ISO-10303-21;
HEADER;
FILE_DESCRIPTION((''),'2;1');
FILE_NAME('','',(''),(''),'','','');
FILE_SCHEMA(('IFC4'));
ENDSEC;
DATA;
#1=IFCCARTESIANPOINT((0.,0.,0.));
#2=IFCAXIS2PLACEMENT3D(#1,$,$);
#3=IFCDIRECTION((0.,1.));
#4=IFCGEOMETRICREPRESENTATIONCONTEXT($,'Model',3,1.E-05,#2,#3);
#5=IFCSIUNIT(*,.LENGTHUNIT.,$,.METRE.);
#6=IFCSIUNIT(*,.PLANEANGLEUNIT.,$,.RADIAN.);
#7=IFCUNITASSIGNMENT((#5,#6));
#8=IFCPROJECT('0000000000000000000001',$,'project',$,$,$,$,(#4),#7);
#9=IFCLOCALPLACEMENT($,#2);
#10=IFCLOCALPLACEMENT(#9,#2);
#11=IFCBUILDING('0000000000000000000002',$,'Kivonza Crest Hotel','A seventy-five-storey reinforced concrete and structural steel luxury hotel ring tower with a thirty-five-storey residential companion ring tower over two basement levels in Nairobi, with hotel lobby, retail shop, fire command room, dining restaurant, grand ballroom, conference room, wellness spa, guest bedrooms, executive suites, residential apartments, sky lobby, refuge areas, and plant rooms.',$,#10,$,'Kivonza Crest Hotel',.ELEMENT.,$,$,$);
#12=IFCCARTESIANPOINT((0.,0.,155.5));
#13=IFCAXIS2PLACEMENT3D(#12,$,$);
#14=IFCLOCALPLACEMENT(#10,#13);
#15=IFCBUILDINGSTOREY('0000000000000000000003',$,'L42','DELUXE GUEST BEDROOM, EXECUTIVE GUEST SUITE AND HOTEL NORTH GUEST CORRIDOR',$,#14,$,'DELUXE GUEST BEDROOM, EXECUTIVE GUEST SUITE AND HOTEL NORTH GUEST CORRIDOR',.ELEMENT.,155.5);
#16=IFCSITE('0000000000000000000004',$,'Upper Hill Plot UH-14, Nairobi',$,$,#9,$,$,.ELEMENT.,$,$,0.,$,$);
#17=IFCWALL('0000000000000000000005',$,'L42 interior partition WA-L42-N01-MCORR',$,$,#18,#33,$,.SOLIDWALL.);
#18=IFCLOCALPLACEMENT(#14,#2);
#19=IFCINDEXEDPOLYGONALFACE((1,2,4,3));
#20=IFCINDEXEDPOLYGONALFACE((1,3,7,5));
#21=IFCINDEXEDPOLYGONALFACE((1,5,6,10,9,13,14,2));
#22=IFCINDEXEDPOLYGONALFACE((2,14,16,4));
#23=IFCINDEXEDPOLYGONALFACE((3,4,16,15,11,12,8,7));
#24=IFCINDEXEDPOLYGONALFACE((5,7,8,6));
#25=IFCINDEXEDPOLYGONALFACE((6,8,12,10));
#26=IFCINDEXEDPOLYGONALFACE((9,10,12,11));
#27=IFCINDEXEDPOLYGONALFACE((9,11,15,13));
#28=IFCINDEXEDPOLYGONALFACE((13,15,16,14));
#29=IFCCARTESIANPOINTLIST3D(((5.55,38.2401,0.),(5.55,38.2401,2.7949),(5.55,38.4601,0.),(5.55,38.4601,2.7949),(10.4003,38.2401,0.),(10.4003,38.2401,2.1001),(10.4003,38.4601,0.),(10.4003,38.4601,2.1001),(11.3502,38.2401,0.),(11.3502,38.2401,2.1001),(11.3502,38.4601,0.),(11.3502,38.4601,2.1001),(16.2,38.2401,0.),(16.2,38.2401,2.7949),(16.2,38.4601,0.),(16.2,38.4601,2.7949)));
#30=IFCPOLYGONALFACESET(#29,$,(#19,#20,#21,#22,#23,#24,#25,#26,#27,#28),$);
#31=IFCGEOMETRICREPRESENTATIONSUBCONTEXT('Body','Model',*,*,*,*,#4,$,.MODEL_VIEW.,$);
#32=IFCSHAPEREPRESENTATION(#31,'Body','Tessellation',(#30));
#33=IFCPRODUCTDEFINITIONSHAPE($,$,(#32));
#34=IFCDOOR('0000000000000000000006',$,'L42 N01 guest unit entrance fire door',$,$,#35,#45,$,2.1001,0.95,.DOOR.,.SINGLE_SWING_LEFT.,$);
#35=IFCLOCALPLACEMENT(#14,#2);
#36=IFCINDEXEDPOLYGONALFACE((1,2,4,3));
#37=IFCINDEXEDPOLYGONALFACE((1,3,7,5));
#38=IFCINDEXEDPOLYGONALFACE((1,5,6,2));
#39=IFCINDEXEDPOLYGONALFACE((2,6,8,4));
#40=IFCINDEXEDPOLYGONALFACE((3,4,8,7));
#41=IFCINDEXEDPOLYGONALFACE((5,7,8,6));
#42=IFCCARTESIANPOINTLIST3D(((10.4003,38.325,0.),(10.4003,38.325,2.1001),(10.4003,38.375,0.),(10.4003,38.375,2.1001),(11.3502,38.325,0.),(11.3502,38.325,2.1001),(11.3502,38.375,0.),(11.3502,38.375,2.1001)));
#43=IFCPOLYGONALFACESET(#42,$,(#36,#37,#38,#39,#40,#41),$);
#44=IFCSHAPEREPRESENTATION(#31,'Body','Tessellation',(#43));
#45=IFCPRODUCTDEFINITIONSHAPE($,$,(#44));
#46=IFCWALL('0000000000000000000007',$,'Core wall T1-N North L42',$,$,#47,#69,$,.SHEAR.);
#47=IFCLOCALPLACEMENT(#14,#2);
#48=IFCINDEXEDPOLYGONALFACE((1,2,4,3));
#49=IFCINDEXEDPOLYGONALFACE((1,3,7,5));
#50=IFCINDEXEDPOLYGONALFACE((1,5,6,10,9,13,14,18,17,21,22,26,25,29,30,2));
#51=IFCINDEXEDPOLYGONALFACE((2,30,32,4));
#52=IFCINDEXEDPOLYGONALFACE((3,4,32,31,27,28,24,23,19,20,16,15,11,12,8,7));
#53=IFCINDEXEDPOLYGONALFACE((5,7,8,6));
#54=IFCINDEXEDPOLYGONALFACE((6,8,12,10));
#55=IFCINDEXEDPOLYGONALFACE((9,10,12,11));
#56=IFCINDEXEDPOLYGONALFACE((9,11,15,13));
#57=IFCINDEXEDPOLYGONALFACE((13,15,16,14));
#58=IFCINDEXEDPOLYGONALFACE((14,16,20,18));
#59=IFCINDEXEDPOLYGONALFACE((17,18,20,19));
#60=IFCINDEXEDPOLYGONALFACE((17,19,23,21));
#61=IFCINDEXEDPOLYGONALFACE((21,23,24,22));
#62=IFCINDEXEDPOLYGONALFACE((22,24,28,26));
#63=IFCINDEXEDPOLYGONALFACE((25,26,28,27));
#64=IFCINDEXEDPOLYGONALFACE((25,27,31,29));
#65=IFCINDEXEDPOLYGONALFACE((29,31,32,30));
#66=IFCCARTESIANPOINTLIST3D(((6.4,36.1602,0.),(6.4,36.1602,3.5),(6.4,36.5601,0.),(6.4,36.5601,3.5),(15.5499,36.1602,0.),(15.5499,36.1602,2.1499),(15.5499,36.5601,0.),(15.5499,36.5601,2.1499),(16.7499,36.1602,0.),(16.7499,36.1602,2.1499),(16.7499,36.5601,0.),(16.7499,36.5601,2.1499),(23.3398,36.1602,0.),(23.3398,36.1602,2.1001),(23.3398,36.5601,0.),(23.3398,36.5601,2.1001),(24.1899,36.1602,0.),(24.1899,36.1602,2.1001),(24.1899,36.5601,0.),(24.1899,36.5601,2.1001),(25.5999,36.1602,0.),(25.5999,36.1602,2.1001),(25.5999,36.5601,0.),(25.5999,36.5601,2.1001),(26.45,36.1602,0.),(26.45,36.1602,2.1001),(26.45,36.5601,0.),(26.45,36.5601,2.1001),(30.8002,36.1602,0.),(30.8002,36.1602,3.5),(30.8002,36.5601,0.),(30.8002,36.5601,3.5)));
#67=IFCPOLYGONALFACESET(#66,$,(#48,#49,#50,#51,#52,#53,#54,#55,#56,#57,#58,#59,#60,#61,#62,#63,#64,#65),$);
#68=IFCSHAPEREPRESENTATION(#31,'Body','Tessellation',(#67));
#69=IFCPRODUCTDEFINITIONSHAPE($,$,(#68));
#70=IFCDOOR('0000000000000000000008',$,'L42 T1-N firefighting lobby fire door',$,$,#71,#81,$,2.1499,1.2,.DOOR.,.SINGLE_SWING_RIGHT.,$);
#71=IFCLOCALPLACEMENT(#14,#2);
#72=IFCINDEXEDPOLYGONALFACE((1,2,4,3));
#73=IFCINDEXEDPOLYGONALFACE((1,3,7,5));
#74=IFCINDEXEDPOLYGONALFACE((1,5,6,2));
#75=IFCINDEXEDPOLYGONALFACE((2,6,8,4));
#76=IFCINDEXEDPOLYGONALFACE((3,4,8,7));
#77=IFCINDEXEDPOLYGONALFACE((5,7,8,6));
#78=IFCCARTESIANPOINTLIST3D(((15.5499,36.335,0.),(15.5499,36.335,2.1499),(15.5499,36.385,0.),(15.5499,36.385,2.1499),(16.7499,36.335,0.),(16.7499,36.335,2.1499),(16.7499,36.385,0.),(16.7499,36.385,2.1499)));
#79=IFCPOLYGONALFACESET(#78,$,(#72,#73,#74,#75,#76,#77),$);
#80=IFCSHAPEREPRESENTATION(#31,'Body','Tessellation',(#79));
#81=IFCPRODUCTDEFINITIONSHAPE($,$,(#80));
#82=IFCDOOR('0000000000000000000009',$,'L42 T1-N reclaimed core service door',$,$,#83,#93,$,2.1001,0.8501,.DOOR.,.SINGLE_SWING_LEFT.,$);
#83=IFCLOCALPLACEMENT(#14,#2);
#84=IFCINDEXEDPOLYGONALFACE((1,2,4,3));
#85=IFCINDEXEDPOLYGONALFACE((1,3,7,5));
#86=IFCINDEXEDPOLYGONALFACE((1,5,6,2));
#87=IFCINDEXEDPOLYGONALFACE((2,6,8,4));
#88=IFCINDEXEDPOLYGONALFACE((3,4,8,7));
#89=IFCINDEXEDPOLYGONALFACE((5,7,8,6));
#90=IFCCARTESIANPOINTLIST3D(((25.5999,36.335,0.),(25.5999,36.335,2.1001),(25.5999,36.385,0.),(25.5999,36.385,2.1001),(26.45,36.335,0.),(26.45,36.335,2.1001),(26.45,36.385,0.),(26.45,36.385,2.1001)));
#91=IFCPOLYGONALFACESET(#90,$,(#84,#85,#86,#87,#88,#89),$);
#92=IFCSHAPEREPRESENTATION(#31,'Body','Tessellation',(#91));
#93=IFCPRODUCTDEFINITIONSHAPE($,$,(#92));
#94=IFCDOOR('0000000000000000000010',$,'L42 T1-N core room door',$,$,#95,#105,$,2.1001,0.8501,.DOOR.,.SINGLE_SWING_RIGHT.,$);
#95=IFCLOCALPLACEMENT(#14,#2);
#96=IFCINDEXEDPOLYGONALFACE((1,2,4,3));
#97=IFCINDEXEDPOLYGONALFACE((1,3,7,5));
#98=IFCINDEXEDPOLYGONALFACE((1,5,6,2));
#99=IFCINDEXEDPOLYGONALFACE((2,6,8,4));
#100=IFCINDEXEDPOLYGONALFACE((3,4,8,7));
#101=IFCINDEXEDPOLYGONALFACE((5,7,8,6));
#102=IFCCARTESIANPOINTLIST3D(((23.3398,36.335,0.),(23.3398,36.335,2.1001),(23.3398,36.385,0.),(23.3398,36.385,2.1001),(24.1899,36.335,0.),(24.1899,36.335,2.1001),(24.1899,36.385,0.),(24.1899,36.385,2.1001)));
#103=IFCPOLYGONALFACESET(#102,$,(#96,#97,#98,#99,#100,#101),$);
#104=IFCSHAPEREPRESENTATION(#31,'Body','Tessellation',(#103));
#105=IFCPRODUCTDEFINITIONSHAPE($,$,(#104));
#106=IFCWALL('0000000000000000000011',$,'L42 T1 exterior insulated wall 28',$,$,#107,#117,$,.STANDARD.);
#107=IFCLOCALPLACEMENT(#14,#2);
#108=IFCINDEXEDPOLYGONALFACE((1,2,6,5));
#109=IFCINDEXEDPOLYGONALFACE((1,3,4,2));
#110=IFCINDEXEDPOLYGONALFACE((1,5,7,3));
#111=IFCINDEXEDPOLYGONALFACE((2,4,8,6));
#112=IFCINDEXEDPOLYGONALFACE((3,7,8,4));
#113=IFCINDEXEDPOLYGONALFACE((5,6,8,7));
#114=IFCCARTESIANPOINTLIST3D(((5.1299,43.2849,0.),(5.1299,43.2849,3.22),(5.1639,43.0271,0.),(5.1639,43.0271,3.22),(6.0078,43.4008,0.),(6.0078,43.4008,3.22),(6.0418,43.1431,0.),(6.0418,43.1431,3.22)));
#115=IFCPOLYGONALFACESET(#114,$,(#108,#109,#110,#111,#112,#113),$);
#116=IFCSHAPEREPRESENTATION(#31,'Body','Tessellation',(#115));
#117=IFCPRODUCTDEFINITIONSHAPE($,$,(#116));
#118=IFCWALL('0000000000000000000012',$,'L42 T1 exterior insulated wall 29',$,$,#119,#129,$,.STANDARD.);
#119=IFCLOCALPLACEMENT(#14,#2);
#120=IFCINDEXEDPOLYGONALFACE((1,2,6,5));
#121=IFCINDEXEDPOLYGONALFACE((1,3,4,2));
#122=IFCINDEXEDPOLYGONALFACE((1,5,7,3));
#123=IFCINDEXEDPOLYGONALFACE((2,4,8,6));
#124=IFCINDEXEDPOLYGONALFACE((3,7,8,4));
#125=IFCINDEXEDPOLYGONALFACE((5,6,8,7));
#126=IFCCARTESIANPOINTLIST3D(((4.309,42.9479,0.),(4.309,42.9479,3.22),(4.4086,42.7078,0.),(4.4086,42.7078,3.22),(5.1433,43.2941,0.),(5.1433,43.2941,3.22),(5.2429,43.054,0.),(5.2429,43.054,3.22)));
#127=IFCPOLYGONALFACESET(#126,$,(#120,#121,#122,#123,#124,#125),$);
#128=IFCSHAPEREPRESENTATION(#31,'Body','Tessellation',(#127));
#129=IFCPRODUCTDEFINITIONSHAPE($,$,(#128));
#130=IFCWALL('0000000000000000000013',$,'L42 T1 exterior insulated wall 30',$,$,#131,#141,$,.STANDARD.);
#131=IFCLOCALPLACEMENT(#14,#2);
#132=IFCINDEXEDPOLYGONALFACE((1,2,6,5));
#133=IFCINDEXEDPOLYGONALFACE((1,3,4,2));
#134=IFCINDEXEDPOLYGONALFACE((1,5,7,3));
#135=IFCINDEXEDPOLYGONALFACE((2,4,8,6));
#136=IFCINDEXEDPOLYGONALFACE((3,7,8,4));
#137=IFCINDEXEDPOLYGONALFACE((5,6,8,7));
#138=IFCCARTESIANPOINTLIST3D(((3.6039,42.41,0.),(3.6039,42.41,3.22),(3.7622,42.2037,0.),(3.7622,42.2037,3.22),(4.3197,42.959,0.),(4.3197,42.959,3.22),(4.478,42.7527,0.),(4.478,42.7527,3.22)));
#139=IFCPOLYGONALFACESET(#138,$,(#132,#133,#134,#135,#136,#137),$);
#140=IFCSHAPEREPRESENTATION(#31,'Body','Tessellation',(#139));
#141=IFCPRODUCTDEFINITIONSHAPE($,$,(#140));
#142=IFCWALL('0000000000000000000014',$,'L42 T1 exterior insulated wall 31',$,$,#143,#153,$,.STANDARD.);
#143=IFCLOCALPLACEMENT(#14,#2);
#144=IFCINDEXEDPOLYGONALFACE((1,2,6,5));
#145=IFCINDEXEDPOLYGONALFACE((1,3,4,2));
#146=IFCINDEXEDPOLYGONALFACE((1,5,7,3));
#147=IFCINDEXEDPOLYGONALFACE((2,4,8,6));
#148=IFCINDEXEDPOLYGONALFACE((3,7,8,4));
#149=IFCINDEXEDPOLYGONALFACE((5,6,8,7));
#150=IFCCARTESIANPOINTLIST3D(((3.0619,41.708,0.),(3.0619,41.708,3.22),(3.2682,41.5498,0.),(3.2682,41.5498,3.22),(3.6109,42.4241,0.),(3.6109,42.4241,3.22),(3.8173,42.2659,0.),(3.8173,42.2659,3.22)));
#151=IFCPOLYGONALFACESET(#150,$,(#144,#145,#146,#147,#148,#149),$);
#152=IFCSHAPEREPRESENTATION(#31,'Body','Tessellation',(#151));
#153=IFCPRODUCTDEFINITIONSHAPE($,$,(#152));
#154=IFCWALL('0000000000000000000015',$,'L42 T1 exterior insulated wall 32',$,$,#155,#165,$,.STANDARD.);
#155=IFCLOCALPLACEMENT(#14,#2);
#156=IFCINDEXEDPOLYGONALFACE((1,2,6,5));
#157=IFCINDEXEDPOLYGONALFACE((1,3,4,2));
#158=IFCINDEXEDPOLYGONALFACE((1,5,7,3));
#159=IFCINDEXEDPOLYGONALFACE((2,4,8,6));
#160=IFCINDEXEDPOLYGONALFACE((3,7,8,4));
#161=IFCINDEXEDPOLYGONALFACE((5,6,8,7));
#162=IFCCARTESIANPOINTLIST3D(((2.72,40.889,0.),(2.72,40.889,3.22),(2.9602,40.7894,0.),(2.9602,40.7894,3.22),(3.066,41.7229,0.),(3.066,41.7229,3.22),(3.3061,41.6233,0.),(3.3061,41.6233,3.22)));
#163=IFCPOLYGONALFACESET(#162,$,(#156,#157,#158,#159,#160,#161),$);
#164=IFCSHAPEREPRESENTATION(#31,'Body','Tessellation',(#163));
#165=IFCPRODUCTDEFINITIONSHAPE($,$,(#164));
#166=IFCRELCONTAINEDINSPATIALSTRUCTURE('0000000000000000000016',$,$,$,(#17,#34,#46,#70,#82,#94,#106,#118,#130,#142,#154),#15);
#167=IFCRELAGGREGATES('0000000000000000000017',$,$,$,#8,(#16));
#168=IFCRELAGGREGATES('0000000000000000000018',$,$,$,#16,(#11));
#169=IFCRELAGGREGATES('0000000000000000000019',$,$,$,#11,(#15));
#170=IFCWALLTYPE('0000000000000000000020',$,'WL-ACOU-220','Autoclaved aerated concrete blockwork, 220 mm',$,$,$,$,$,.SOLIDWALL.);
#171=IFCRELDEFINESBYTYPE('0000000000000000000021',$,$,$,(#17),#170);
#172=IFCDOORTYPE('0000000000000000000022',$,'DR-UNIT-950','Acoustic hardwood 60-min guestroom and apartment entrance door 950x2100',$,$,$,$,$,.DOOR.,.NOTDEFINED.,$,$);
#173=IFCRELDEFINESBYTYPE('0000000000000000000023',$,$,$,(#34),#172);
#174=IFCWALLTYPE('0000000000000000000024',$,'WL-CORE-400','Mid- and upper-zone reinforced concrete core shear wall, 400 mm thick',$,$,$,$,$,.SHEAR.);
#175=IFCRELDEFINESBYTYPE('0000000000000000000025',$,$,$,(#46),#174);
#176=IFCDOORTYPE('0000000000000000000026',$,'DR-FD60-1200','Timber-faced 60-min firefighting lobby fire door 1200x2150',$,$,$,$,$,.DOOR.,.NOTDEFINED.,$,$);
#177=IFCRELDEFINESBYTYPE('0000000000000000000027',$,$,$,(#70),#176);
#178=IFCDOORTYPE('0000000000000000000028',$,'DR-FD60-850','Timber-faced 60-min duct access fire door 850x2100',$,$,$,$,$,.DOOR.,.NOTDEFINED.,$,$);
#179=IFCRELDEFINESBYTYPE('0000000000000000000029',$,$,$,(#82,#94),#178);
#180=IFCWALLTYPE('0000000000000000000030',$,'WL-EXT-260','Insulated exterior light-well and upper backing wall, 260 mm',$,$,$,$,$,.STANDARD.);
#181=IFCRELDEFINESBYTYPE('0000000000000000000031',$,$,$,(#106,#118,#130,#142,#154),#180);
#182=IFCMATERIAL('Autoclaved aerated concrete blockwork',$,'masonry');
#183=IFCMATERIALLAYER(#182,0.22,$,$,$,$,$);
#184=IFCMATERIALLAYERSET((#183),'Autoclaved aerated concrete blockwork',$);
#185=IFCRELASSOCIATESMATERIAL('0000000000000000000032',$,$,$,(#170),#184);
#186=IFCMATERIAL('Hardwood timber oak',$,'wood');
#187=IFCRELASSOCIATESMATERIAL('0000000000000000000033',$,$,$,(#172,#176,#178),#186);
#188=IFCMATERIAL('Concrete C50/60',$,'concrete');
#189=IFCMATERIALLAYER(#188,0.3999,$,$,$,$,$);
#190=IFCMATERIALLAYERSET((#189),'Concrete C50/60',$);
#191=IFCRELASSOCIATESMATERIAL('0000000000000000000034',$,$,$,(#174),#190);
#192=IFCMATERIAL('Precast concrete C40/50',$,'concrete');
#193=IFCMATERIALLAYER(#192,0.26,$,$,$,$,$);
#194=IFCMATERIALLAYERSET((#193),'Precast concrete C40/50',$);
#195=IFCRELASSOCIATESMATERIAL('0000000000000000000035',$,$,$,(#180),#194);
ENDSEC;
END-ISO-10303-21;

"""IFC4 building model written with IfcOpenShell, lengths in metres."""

from ifc_helpers import new_model, si_unit, direction, frame, frame_2d, origin, place, context, subcontext, project, spatial, rectangle, extrude, material, layer, layer_set, type_object, element, fill, save


model = new_model("IFC4")

# Units and contexts
model_context = context("Model", 3, precision=1e-05, world=origin(), true_north=direction((0.0, 1.0)))
body_context = subcontext(model_context, "Body", "Model", "MODEL_VIEW")
ifc_project = project(units=[si_unit("LENGTHUNIT", "METRE"), si_unit("PLANEANGLEUNIT", "RADIAN")], contexts=[model_context])

# Site, building, storey
site_placement = place(None, origin())
site = spatial("IfcSite", under=ifc_project, at=site_placement, Name="Upper Hill Plot UH-14, Nairobi", CompositionType="ELEMENT", RefElevation=0.0)
building_placement = place(site_placement, origin())
building = spatial("IfcBuilding", under=site, at=building_placement, Name="Kivonza Crest Hotel", Description="A seventy-five-storey reinforced concrete and structural steel luxury hotel ring tower with a thirty-five-storey residential companion ring tower over two basement levels in Nairobi, with hotel lobby, retail shop, fire command room, dining restaurant, grand ballroom, conference room, wellness spa, guest bedrooms, executive suites, residential apartments, sky lobby, refuge areas, and plant rooms.", LongName="Kivonza Crest Hotel", CompositionType="ELEMENT")
storey_placement = place(building_placement, frame((0.0, 0.0, 155.5)))
storey = spatial("IfcBuildingStorey", under=building, at=storey_placement, Name="L42", Description="DELUXE GUEST BEDROOM, EXECUTIVE GUEST SUITE AND HOTEL NORTH GUEST CORRIDOR", LongName="DELUXE GUEST BEDROOM, EXECUTIVE GUEST SUITE AND HOTEL NORTH GUEST CORRIDOR", CompositionType="ELEMENT", Elevation=155.5)

# Shared definitions
ifc_material_1 = material(Name="Concrete C50/60", Category="concrete")

# Shared definitions
ifc_material_2 = material(Name="Autoclaved aerated concrete blockwork", Category="masonry")
ifc_layer_1 = layer(ifc_material_2, 0.22)
ifc_layer_set_1 = layer_set([ifc_layer_1], Name="Autoclaved aerated concrete blockwork")
wall_type_1 = type_object("IfcWallType", Name="WL-ACOU-220", Description="Autoclaved aerated concrete blockwork, 220 mm", PredefinedType="SOLIDWALL", material=ifc_layer_set_1)

# Wall, opening, door
wall_1_placement = place(storey_placement, frame((5.55, 38.3501, 0.0), z_axis=(0.0, 0.0, 1.0), x_axis=(1.0, 0.0, 0.0)))
wall_1 = element("IfcWall", 1, at=wall_1_placement, inside=storey, type_object=wall_type_1, Name="L42 interior partition WA-L42-N01-MCORR", PredefinedType="SOLIDWALL", context=body_context, shape_type="SweptSolid", body=[
    extrude(rectangle(XDim=10.6499, YDim=0.22, at=frame_2d((5.325, 0.0))), origin(), (0.0, 0.0, 1.0), 2.7949),
])
opening_1_placement = place(wall_1_placement, frame((4.8501, 0.0, 0.0)))
opening_1 = element("IfcOpeningElement", 2, at=opening_1_placement, cuts=wall_1, PredefinedType="OPENING", context=body_context, shape_type="SweptSolid", body=[
    extrude(rectangle(XDim=0.95, YDim=2.1001, at=frame_2d((0.4751, 1.05))), frame((0.0, 0.1201, 0.0), z_axis=(0.0, -1.0, 0.0), x_axis=(1.0, 0.0, 0.0)), (0.0, 0.0, 1.0), 0.24),
])
ifc_material_3 = material(Name="Hardwood timber oak", Category="wood")
door_type_1 = type_object("IfcDoorType", Name="DR-UNIT-950", Description="Acoustic hardwood 60-min guestroom and apartment entrance door 950x2100", OperationType="NOTDEFINED", PredefinedType="DOOR", material=ifc_material_3)
door_1_placement = place(opening_1_placement, origin())
door_1 = element("IfcDoor", 3, at=door_1_placement, inside=storey, type_object=door_type_1, Name="L42 N01 guest unit entrance fire door", OperationType="SINGLE_SWING_LEFT", OverallHeight=2.1001, OverallWidth=0.95, PredefinedType="DOOR", context=body_context, shape_type="SweptSolid", body=[
    extrude(rectangle(XDim=0.95, YDim=2.1001, at=frame_2d((0.4751, 1.05))), frame((0.0, 0.0249, 0.0), z_axis=(0.0, -1.0, 0.0), x_axis=(1.0, 0.0, 0.0)), (0.0, 0.0, 1.0), 0.05),
])
fill(opening_1, door_1)

# Wall, openings, doors
ifc_layer_2 = layer(ifc_material_1, 0.3999)
ifc_layer_set_2 = layer_set([ifc_layer_2], Name="Concrete C50/60")
wall_type_2 = type_object("IfcWallType", Name="WL-CORE-400", Description="Mid- and upper-zone reinforced concrete core shear wall, 400 mm thick", PredefinedType="SHEAR", material=ifc_layer_set_2)
wall_2_placement = place(storey_placement, frame((6.3999, 36.3601, 0.0), z_axis=(0.0, 0.0, 1.0), x_axis=(1.0, 0.0, 0.0)))
wall_2 = element("IfcWall", 4, at=wall_2_placement, inside=storey, type_object=wall_type_2, Name="Core wall T1-N North L42", PredefinedType="SHEAR", context=body_context, shape_type="SweptSolid", body=[
    extrude(rectangle(XDim=24.4001, YDim=0.3999, at=frame_2d((12.2002, 0.0))), origin(), (0.0, 0.0, 1.0), 3.5),
])
opening_2_placement = place(wall_2_placement, frame((9.1499, 0.0, 0.0)))
opening_2 = element("IfcOpeningElement", 5, at=opening_2_placement, cuts=wall_2, PredefinedType="OPENING", context=body_context, shape_type="SweptSolid", body=[
    extrude(rectangle(XDim=1.2, YDim=2.1499, at=frame_2d((0.6001, 1.075))), frame((0.0, 0.21, 0.0), z_axis=(0.0, -1.0, 0.0), x_axis=(1.0, 0.0, 0.0)), (0.0, 0.0, 1.0), 0.4199),
])
opening_3_placement = place(wall_2_placement, frame((19.2, 0.0, 0.0)))
opening_3 = element("IfcOpeningElement", 6, at=opening_3_placement, cuts=wall_2, PredefinedType="OPENING", context=body_context, shape_type="SweptSolid", body=[
    extrude(rectangle(XDim=0.8501, YDim=2.1001, at=frame_2d((0.425, 1.05))), frame((0.0, 0.21, 0.0), z_axis=(0.0, -1.0, 0.0), x_axis=(1.0, 0.0, 0.0)), (0.0, 0.0, 1.0), 0.4199),
])
opening_4_placement = place(wall_2_placement, frame((16.9399, 0.0, 0.0)))
opening_4 = element("IfcOpeningElement", 7, at=opening_4_placement, cuts=wall_2, PredefinedType="OPENING", context=body_context, shape_type="SweptSolid", body=[
    extrude(rectangle(XDim=0.8501, YDim=2.1001, at=frame_2d((0.425, 1.05))), frame((0.0, 0.21, 0.0), z_axis=(0.0, -1.0, 0.0), x_axis=(1.0, 0.0, 0.0)), (0.0, 0.0, 1.0), 0.4199),
])
door_type_2 = type_object("IfcDoorType", Name="DR-FD60-1200", Description="Timber-faced 60-min firefighting lobby fire door 1200x2150", OperationType="NOTDEFINED", PredefinedType="DOOR", material=ifc_material_3)
door_2_placement = place(opening_2_placement, origin())
door_2 = element("IfcDoor", 8, at=door_2_placement, inside=storey, type_object=door_type_2, Name="L42 T1-N firefighting lobby fire door", OperationType="SINGLE_SWING_RIGHT", OverallHeight=2.1499, OverallWidth=1.2, PredefinedType="DOOR", context=body_context, shape_type="SweptSolid", body=[
    extrude(rectangle(XDim=1.2, YDim=2.1499, at=frame_2d((0.6001, 1.075))), frame((0.0, 0.0249, 0.0), z_axis=(0.0, -1.0, 0.0), x_axis=(1.0, 0.0, 0.0)), (0.0, 0.0, 1.0), 0.05),
])
fill(opening_2, door_2)
door_type_3 = type_object("IfcDoorType", Name="DR-FD60-850", Description="Timber-faced 60-min duct access fire door 850x2100", OperationType="NOTDEFINED", PredefinedType="DOOR", material=ifc_material_3)
door_3_placement = place(opening_3_placement, origin())
door_3 = element("IfcDoor", 9, at=door_3_placement, inside=storey, type_object=door_type_3, Name="L42 T1-N reclaimed core service door", OperationType="SINGLE_SWING_LEFT", OverallHeight=2.1001, OverallWidth=0.8501, PredefinedType="DOOR", context=body_context, shape_type="SweptSolid", body=[
    extrude(rectangle(XDim=0.8501, YDim=2.1001, at=frame_2d((0.425, 1.05))), frame((0.0, 0.0249, 0.0), z_axis=(0.0, -1.0, 0.0), x_axis=(1.0, 0.0, 0.0)), (0.0, 0.0, 1.0), 0.05),
])
fill(opening_3, door_3)
door_4_placement = place(opening_4_placement, origin())
door_4 = element("IfcDoor", 10, at=door_4_placement, inside=storey, type_object=door_type_3, Name="L42 T1-N core room door", OperationType="SINGLE_SWING_RIGHT", OverallHeight=2.1001, OverallWidth=0.8501, PredefinedType="DOOR", context=body_context, shape_type="SweptSolid", body=[
    extrude(rectangle(XDim=0.8501, YDim=2.1001, at=frame_2d((0.425, 1.05))), frame((0.0, 0.0249, 0.0), z_axis=(0.0, -1.0, 0.0), x_axis=(1.0, 0.0, 0.0)), (0.0, 0.0, 1.0), 0.05),
])
fill(opening_4, door_4)

# Walls
ifc_material_4 = material(Name="Precast concrete C40/50", Category="concrete")
ifc_layer_3 = layer(ifc_material_4, 0.26)
ifc_layer_set_3 = layer_set([ifc_layer_3], Name="Precast concrete C40/50")
wall_type_3 = type_object("IfcWallType", Name="WL-EXT-260", Description="Insulated exterior light-well and upper backing wall, 260 mm", PredefinedType="STANDARD", material=ifc_layer_set_3)
wall_3_placement = place(storey_placement, frame((6.0249, 43.272, 0.0), z_axis=(0.0, 0.0, 1.0), x_axis=(-0.991388, -0.130954, 0.0)))
element("IfcWall", 11, at=wall_3_placement, inside=storey, type_object=wall_type_3, Name="L42 T1 exterior insulated wall 28", PredefinedType="STANDARD", context=body_context, shape_type="SweptSolid", body=[
    extrude(rectangle(XDim=0.8855, YDim=0.26, at=frame_2d((0.4429, 0.0))), origin(), (0.0, 0.0, 1.0), 3.22),
])
wall_4_placement = place(storey_placement, frame((5.1931, 43.1741, 0.0), z_axis=(0.0, 0.0, 1.0), x_axis=(-0.923628, -0.383291, 0.0)))
element("IfcWall", 12, at=wall_4_placement, inside=storey, type_object=wall_type_3, Name="L42 T1 exterior insulated wall 29", PredefinedType="STANDARD", context=body_context, shape_type="SweptSolid", body=[
    extrude(rectangle(XDim=0.9033, YDim=0.26, at=frame_2d((0.4517, 0.0))), origin(), (0.0, 0.0, 1.0), 3.22),
])
wall_5_placement = place(storey_placement, frame((4.3989, 42.856, 0.0), z_axis=(0.0, 0.0, 1.0), x_axis=(-0.793458, -0.608625, 0.0)))
element("IfcWall", 13, at=wall_5_placement, inside=storey, type_object=wall_type_3, Name="L42 T1 exterior insulated wall 30", PredefinedType="STANDARD", context=body_context, shape_type="SweptSolid", body=[
    extrude(rectangle(XDim=0.9021, YDim=0.26, at=frame_2d((0.4512, 0.0))), origin(), (0.0, 0.0, 1.0), 3.22),
])
wall_6_placement = place(storey_placement, frame((3.7141, 42.345, 0.0), z_axis=(0.0, 0.0, 1.0), x_axis=(-0.608494, -0.793558, 0.0)))
element("IfcWall", 14, at=wall_6_placement, inside=storey, type_object=wall_type_3, Name="L42 T1 exterior insulated wall 31", PredefinedType="STANDARD", context=body_context, shape_type="SweptSolid", body=[
    extrude(rectangle(XDim=0.9023, YDim=0.26, at=frame_2d((0.4512, 0.0))), origin(), (0.0, 0.0, 1.0), 3.22),
])
wall_7_placement = place(storey_placement, frame((3.186, 41.6731, 0.0), z_axis=(0.0, 0.0, 1.0), x_axis=(-0.383156, -0.923684, 0.0)))
element("IfcWall", 15, at=wall_7_placement, inside=storey, type_object=wall_type_3, Name="L42 T1 exterior insulated wall 32", PredefinedType="STANDARD", context=body_context, shape_type="SweptSolid", body=[
    extrude(rectangle(XDim=0.9028, YDim=0.26, at=frame_2d((0.4514, 0.0))), origin(), (0.0, 0.0, 1.0), 3.22),
])

save(model, "model.ifc")
